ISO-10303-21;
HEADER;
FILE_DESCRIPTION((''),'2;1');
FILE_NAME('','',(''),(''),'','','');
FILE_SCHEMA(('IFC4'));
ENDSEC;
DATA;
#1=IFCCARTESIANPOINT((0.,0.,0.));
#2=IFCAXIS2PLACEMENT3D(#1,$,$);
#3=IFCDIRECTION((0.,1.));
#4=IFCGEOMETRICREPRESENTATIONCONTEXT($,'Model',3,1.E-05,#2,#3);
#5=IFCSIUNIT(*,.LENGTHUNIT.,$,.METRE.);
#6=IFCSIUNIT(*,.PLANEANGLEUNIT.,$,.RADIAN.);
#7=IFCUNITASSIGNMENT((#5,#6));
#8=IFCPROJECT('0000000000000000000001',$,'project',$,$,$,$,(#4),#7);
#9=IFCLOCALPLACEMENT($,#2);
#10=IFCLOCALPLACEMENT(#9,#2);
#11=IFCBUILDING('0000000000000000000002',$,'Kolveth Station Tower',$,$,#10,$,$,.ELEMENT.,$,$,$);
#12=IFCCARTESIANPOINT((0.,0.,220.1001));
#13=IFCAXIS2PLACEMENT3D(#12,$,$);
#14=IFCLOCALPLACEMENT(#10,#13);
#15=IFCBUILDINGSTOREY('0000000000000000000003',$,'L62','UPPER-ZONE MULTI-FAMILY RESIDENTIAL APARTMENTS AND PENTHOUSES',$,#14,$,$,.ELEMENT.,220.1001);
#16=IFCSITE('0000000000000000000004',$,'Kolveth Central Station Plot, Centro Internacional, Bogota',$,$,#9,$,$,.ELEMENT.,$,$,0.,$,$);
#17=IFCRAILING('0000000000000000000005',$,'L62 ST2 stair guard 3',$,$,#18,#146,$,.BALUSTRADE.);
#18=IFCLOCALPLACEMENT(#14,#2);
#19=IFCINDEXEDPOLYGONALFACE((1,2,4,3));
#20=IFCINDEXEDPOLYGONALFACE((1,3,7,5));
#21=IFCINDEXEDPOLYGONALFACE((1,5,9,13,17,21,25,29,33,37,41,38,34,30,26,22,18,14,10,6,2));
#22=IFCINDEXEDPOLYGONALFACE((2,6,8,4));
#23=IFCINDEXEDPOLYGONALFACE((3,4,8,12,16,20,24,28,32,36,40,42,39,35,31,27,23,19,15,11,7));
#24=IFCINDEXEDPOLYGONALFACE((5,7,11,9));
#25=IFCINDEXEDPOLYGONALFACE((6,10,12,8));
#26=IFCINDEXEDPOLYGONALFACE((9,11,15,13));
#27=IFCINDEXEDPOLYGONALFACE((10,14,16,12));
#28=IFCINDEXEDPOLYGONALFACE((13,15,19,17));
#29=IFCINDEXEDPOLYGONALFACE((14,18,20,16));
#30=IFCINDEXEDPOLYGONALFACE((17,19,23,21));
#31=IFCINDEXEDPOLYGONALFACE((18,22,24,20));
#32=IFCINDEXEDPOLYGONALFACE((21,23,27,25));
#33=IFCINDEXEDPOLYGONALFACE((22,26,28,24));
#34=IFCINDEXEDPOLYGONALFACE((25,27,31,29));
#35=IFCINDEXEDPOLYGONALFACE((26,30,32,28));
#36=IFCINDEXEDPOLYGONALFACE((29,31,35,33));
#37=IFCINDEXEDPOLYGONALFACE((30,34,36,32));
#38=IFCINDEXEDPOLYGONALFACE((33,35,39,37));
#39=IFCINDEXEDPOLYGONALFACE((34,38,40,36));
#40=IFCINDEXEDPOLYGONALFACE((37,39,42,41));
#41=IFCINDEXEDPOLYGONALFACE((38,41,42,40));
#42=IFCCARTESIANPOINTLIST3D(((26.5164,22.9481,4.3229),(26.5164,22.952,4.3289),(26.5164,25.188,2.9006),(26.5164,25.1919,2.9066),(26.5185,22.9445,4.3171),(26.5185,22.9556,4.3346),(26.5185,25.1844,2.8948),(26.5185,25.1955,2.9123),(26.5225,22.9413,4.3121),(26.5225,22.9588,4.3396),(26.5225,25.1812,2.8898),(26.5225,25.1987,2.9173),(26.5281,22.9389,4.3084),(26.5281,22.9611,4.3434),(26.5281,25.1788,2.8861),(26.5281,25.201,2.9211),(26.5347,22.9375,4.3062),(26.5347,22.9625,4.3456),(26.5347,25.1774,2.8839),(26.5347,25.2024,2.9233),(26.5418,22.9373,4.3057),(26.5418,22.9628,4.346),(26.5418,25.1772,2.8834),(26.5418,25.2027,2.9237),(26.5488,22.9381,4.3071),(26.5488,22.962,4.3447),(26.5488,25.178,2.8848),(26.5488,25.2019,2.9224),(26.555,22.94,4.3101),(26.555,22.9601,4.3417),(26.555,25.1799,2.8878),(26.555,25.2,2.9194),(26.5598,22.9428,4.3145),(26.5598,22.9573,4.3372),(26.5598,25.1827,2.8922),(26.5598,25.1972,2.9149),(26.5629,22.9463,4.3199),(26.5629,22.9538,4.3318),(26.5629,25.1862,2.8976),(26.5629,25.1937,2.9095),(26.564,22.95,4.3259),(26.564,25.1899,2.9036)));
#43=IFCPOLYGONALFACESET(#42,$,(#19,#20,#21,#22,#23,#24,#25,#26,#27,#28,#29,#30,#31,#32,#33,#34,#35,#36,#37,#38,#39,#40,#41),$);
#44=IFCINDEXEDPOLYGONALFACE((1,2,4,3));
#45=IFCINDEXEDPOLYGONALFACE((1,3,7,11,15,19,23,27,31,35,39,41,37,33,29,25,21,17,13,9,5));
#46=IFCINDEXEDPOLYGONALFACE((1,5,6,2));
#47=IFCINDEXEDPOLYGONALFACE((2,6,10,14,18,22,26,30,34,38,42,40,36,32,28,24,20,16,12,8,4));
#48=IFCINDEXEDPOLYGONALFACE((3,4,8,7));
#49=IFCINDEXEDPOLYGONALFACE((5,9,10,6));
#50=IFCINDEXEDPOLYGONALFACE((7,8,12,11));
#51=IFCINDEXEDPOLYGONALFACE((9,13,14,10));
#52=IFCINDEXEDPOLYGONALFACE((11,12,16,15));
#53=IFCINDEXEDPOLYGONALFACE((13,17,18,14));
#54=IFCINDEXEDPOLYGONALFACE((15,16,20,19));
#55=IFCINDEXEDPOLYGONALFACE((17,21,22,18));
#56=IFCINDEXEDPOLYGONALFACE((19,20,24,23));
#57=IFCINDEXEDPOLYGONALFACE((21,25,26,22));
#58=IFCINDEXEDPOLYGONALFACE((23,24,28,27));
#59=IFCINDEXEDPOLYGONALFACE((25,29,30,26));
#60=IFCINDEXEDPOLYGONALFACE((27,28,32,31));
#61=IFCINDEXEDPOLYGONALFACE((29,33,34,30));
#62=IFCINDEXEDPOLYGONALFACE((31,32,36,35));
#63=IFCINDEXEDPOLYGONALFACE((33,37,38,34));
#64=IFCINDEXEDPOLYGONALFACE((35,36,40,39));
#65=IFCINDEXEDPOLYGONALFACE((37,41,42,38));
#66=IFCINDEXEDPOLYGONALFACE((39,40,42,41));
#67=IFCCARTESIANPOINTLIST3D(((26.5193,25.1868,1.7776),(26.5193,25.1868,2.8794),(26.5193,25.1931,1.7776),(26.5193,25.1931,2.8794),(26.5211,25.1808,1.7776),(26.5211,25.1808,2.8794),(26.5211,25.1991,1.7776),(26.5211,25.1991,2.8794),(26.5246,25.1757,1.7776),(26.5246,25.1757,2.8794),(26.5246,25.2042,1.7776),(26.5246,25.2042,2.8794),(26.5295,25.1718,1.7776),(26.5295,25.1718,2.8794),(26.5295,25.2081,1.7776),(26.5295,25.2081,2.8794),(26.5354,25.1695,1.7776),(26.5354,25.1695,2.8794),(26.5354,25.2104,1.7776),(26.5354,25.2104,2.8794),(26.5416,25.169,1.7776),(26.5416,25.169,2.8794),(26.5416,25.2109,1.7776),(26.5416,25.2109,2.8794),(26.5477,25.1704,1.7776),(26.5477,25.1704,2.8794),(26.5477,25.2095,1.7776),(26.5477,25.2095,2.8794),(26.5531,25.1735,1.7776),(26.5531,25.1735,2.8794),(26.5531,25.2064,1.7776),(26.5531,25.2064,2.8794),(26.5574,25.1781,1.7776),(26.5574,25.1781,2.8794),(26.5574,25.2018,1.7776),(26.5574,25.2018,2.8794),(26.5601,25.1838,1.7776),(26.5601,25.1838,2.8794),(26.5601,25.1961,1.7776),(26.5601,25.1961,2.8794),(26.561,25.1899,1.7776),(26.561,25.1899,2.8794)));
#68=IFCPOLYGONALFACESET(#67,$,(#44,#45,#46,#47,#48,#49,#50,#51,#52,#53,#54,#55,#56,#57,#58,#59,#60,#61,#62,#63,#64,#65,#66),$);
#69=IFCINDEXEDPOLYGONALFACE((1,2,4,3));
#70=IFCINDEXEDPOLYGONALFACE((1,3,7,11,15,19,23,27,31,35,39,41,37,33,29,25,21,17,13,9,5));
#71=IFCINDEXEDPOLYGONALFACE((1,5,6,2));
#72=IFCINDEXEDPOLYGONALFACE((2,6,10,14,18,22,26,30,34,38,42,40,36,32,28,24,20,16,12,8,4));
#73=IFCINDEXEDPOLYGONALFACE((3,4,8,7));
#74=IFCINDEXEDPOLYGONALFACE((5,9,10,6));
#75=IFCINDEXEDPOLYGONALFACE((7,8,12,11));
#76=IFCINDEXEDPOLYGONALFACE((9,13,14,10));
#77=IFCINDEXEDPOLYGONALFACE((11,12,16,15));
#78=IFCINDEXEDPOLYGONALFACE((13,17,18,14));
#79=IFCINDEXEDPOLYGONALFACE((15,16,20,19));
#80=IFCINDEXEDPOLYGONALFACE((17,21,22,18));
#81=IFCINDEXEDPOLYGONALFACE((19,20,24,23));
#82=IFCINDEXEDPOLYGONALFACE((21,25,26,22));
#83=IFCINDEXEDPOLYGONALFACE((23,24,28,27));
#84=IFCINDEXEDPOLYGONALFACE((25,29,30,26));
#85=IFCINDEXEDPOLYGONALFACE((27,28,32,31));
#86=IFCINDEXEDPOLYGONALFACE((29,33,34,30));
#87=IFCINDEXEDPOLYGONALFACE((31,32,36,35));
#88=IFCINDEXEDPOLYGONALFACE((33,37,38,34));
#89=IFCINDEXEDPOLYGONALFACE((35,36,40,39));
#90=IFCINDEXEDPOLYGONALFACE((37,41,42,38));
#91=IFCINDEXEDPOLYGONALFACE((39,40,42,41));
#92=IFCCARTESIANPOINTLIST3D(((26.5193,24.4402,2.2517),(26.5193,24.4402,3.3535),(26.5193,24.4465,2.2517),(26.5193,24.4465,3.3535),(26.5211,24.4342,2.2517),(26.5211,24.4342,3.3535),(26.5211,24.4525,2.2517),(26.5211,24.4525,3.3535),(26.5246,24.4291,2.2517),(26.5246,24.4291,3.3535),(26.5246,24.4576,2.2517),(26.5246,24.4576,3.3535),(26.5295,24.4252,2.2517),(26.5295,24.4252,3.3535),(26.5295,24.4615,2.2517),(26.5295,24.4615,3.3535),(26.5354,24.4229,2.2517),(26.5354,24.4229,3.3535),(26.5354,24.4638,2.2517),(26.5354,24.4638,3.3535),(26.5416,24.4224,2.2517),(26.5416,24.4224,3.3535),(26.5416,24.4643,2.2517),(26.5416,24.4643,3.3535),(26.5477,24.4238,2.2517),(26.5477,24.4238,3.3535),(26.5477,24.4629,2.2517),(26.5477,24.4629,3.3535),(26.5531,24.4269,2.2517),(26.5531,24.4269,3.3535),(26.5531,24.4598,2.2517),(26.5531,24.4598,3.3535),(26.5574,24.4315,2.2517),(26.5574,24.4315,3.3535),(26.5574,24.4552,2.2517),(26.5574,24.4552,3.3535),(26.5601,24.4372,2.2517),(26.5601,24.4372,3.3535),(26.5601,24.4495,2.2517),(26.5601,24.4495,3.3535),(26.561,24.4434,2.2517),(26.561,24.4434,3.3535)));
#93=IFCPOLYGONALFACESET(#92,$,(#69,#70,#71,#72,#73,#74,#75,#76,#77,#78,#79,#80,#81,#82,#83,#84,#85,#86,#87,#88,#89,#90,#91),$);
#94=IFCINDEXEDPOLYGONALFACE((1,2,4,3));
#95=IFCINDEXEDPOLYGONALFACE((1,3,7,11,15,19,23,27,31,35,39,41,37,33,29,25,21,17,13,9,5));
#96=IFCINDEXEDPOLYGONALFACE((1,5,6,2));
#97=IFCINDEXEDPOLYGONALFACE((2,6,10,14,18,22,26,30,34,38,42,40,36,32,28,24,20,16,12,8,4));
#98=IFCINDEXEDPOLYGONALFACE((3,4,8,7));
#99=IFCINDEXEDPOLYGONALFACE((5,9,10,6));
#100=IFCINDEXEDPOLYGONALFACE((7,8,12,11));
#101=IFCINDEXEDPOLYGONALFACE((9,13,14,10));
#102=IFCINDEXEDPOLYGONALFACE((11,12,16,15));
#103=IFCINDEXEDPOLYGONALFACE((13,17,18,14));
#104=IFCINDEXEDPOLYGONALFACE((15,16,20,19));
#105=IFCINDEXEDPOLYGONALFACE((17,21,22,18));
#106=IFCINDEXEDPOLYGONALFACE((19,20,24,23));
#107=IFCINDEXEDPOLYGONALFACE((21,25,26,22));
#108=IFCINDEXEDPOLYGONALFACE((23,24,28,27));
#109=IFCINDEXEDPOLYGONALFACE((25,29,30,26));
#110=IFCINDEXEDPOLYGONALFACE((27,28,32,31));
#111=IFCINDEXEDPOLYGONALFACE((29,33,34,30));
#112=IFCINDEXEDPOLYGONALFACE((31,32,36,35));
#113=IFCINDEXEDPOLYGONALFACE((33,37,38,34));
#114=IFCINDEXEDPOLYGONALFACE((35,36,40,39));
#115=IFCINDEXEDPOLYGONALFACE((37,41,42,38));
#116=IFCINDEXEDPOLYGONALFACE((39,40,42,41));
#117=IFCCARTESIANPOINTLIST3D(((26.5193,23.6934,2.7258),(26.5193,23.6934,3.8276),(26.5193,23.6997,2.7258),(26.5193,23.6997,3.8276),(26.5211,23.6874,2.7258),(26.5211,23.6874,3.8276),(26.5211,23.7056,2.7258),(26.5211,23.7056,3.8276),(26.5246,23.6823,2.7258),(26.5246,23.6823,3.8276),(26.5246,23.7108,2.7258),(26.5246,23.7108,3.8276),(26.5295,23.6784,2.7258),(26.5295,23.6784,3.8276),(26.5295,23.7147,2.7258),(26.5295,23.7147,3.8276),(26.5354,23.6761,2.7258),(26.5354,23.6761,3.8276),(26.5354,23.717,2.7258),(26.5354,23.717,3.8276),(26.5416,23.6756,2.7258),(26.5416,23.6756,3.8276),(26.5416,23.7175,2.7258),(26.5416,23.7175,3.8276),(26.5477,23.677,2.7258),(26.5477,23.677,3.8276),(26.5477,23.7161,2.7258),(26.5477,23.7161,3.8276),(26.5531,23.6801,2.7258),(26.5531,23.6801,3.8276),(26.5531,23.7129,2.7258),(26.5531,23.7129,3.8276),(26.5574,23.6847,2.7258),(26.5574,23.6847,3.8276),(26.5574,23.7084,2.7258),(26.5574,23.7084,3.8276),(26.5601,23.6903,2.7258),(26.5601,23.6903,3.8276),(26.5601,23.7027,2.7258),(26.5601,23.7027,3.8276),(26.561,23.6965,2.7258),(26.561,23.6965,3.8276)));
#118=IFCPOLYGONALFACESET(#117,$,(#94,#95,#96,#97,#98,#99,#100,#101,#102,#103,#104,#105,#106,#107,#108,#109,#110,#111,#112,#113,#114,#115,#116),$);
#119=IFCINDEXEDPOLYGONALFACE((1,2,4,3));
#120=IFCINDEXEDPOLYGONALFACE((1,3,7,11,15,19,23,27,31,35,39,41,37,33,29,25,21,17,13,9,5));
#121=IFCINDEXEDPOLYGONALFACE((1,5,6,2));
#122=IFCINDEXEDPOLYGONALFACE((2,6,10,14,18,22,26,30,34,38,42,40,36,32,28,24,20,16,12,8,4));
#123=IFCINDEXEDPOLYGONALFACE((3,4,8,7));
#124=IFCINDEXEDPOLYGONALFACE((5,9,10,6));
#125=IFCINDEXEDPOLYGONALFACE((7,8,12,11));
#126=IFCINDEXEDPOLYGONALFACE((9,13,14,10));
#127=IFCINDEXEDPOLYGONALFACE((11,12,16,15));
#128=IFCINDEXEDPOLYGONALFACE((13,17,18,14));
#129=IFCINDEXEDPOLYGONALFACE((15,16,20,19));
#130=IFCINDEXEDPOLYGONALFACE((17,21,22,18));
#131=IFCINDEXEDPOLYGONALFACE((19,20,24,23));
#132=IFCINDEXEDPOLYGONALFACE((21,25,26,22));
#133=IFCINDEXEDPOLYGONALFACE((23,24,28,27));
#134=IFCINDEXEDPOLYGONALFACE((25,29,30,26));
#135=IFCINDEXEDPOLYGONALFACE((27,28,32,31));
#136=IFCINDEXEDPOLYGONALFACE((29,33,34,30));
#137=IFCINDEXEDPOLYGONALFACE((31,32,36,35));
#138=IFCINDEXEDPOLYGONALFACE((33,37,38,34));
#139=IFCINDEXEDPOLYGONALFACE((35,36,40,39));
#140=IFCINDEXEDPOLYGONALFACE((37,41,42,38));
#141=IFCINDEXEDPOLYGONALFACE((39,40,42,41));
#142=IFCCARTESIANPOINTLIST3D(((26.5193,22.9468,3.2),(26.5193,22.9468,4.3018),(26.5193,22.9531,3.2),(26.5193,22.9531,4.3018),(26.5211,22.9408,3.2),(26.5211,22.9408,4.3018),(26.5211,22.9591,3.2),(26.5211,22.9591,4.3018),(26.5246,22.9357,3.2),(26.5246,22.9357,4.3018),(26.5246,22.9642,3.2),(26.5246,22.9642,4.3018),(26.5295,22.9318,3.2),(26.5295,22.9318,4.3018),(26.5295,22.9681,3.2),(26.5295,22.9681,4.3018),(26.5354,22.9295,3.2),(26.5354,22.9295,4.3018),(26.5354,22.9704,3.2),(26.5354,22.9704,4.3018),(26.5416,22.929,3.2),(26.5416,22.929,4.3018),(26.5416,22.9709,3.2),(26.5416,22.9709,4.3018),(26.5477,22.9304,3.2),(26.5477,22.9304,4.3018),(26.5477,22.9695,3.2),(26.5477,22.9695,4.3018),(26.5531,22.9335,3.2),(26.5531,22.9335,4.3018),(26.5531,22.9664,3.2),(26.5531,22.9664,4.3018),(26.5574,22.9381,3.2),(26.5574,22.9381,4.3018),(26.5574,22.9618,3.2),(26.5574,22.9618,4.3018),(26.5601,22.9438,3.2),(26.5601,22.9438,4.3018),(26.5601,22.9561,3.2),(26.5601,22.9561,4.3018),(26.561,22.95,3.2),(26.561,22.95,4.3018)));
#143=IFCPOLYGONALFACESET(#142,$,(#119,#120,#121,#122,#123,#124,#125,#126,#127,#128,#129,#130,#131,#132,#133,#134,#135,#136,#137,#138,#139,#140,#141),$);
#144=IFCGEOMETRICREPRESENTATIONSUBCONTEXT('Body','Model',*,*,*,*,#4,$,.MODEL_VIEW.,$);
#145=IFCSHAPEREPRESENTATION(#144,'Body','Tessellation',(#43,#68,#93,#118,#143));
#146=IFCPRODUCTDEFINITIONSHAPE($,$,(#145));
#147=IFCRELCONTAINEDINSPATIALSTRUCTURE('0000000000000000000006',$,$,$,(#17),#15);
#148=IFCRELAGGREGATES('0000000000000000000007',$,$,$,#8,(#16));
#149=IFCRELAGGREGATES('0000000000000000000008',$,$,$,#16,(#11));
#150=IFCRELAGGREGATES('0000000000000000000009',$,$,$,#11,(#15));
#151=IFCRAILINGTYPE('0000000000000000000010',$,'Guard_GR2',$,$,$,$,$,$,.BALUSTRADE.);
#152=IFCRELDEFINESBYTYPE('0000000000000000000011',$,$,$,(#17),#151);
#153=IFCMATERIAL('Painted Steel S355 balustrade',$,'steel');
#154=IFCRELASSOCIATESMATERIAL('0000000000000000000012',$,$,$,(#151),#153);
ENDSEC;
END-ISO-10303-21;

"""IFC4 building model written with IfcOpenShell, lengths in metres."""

from ifc_helpers import new_model, si_unit, direction, frame, origin, origin_2d, place, context, subcontext, project, spatial, circle, extrude, material, type_object, element, save


model = new_model("IFC4")

# Units and contexts
model_context = context("Model", 3, precision=1e-05, world=origin(), true_north=direction((0.0, 1.0)))
body_context = subcontext(model_context, "Body", "Model", "MODEL_VIEW")
ifc_project = project(units=[si_unit("LENGTHUNIT", "METRE"), si_unit("PLANEANGLEUNIT", "RADIAN")], contexts=[model_context])

# Site, building, storey
site_placement = place(None, origin())
site = spatial("IfcSite", under=ifc_project, at=site_placement, Name="Kolveth Central Station Plot, Centro Internacional, Bogota", CompositionType="ELEMENT", RefElevation=0.0)
building_placement = place(site_placement, origin())
building = spatial("IfcBuilding", under=site, at=building_placement, Name="Kolveth Station Tower", CompositionType="ELEMENT")
storey_placement = place(building_placement, frame((0.0, 0.0, 220.1001)))
storey = spatial("IfcBuildingStorey", under=building, at=storey_placement, Name="L62", Description="UPPER-ZONE MULTI-FAMILY RESIDENTIAL APARTMENTS AND PENTHOUSES", CompositionType="ELEMENT", Elevation=220.1001)

# Railing
ifc_material_1 = material(Name="Painted Steel S355 balustrade", Category="steel")
railing_type_1 = type_object("IfcRailingType", Name="Guard_GR2", PredefinedType="BALUSTRADE", material=ifc_material_1)
railing_1_placement = place(storey_placement, frame((26.54, 25.1899, 1.7776)))
element("IfcRailing", 1, at=railing_1_placement, inside=storey, type_object=railing_type_1, Name="L62 ST2 stair guard 3", PredefinedType="BALUSTRADE", context=body_context, shape_type="SweptSolid", body=[
    extrude(circle(Radius=0.0239, at=origin_2d()), frame((0.0, 0.0, 1.126), z_axis=(0.0, -0.844188, 0.536048), x_axis=(1.0, 0.0, 0.0)), (0.0, 0.0, 1.0), 2.6533),
    extrude(circle(Radius=0.021, at=origin_2d()), origin(), (0.0, 0.0, 1.0), 1.1018),
    extrude(circle(Radius=0.021, at=origin_2d()), frame((0.0, -0.7466, 0.4741)), (0.0, 0.0, 1.0), 1.1018),
    extrude(circle(Radius=0.021, at=origin_2d()), frame((0.0, -1.4934, 0.9482)), (0.0, 0.0, 1.0), 1.1018),
    extrude(circle(Radius=0.021, at=origin_2d()), frame((0.0, -2.24, 1.4224)), (0.0, 0.0, 1.0), 1.1018),
])

save(model, "model.ifc")
